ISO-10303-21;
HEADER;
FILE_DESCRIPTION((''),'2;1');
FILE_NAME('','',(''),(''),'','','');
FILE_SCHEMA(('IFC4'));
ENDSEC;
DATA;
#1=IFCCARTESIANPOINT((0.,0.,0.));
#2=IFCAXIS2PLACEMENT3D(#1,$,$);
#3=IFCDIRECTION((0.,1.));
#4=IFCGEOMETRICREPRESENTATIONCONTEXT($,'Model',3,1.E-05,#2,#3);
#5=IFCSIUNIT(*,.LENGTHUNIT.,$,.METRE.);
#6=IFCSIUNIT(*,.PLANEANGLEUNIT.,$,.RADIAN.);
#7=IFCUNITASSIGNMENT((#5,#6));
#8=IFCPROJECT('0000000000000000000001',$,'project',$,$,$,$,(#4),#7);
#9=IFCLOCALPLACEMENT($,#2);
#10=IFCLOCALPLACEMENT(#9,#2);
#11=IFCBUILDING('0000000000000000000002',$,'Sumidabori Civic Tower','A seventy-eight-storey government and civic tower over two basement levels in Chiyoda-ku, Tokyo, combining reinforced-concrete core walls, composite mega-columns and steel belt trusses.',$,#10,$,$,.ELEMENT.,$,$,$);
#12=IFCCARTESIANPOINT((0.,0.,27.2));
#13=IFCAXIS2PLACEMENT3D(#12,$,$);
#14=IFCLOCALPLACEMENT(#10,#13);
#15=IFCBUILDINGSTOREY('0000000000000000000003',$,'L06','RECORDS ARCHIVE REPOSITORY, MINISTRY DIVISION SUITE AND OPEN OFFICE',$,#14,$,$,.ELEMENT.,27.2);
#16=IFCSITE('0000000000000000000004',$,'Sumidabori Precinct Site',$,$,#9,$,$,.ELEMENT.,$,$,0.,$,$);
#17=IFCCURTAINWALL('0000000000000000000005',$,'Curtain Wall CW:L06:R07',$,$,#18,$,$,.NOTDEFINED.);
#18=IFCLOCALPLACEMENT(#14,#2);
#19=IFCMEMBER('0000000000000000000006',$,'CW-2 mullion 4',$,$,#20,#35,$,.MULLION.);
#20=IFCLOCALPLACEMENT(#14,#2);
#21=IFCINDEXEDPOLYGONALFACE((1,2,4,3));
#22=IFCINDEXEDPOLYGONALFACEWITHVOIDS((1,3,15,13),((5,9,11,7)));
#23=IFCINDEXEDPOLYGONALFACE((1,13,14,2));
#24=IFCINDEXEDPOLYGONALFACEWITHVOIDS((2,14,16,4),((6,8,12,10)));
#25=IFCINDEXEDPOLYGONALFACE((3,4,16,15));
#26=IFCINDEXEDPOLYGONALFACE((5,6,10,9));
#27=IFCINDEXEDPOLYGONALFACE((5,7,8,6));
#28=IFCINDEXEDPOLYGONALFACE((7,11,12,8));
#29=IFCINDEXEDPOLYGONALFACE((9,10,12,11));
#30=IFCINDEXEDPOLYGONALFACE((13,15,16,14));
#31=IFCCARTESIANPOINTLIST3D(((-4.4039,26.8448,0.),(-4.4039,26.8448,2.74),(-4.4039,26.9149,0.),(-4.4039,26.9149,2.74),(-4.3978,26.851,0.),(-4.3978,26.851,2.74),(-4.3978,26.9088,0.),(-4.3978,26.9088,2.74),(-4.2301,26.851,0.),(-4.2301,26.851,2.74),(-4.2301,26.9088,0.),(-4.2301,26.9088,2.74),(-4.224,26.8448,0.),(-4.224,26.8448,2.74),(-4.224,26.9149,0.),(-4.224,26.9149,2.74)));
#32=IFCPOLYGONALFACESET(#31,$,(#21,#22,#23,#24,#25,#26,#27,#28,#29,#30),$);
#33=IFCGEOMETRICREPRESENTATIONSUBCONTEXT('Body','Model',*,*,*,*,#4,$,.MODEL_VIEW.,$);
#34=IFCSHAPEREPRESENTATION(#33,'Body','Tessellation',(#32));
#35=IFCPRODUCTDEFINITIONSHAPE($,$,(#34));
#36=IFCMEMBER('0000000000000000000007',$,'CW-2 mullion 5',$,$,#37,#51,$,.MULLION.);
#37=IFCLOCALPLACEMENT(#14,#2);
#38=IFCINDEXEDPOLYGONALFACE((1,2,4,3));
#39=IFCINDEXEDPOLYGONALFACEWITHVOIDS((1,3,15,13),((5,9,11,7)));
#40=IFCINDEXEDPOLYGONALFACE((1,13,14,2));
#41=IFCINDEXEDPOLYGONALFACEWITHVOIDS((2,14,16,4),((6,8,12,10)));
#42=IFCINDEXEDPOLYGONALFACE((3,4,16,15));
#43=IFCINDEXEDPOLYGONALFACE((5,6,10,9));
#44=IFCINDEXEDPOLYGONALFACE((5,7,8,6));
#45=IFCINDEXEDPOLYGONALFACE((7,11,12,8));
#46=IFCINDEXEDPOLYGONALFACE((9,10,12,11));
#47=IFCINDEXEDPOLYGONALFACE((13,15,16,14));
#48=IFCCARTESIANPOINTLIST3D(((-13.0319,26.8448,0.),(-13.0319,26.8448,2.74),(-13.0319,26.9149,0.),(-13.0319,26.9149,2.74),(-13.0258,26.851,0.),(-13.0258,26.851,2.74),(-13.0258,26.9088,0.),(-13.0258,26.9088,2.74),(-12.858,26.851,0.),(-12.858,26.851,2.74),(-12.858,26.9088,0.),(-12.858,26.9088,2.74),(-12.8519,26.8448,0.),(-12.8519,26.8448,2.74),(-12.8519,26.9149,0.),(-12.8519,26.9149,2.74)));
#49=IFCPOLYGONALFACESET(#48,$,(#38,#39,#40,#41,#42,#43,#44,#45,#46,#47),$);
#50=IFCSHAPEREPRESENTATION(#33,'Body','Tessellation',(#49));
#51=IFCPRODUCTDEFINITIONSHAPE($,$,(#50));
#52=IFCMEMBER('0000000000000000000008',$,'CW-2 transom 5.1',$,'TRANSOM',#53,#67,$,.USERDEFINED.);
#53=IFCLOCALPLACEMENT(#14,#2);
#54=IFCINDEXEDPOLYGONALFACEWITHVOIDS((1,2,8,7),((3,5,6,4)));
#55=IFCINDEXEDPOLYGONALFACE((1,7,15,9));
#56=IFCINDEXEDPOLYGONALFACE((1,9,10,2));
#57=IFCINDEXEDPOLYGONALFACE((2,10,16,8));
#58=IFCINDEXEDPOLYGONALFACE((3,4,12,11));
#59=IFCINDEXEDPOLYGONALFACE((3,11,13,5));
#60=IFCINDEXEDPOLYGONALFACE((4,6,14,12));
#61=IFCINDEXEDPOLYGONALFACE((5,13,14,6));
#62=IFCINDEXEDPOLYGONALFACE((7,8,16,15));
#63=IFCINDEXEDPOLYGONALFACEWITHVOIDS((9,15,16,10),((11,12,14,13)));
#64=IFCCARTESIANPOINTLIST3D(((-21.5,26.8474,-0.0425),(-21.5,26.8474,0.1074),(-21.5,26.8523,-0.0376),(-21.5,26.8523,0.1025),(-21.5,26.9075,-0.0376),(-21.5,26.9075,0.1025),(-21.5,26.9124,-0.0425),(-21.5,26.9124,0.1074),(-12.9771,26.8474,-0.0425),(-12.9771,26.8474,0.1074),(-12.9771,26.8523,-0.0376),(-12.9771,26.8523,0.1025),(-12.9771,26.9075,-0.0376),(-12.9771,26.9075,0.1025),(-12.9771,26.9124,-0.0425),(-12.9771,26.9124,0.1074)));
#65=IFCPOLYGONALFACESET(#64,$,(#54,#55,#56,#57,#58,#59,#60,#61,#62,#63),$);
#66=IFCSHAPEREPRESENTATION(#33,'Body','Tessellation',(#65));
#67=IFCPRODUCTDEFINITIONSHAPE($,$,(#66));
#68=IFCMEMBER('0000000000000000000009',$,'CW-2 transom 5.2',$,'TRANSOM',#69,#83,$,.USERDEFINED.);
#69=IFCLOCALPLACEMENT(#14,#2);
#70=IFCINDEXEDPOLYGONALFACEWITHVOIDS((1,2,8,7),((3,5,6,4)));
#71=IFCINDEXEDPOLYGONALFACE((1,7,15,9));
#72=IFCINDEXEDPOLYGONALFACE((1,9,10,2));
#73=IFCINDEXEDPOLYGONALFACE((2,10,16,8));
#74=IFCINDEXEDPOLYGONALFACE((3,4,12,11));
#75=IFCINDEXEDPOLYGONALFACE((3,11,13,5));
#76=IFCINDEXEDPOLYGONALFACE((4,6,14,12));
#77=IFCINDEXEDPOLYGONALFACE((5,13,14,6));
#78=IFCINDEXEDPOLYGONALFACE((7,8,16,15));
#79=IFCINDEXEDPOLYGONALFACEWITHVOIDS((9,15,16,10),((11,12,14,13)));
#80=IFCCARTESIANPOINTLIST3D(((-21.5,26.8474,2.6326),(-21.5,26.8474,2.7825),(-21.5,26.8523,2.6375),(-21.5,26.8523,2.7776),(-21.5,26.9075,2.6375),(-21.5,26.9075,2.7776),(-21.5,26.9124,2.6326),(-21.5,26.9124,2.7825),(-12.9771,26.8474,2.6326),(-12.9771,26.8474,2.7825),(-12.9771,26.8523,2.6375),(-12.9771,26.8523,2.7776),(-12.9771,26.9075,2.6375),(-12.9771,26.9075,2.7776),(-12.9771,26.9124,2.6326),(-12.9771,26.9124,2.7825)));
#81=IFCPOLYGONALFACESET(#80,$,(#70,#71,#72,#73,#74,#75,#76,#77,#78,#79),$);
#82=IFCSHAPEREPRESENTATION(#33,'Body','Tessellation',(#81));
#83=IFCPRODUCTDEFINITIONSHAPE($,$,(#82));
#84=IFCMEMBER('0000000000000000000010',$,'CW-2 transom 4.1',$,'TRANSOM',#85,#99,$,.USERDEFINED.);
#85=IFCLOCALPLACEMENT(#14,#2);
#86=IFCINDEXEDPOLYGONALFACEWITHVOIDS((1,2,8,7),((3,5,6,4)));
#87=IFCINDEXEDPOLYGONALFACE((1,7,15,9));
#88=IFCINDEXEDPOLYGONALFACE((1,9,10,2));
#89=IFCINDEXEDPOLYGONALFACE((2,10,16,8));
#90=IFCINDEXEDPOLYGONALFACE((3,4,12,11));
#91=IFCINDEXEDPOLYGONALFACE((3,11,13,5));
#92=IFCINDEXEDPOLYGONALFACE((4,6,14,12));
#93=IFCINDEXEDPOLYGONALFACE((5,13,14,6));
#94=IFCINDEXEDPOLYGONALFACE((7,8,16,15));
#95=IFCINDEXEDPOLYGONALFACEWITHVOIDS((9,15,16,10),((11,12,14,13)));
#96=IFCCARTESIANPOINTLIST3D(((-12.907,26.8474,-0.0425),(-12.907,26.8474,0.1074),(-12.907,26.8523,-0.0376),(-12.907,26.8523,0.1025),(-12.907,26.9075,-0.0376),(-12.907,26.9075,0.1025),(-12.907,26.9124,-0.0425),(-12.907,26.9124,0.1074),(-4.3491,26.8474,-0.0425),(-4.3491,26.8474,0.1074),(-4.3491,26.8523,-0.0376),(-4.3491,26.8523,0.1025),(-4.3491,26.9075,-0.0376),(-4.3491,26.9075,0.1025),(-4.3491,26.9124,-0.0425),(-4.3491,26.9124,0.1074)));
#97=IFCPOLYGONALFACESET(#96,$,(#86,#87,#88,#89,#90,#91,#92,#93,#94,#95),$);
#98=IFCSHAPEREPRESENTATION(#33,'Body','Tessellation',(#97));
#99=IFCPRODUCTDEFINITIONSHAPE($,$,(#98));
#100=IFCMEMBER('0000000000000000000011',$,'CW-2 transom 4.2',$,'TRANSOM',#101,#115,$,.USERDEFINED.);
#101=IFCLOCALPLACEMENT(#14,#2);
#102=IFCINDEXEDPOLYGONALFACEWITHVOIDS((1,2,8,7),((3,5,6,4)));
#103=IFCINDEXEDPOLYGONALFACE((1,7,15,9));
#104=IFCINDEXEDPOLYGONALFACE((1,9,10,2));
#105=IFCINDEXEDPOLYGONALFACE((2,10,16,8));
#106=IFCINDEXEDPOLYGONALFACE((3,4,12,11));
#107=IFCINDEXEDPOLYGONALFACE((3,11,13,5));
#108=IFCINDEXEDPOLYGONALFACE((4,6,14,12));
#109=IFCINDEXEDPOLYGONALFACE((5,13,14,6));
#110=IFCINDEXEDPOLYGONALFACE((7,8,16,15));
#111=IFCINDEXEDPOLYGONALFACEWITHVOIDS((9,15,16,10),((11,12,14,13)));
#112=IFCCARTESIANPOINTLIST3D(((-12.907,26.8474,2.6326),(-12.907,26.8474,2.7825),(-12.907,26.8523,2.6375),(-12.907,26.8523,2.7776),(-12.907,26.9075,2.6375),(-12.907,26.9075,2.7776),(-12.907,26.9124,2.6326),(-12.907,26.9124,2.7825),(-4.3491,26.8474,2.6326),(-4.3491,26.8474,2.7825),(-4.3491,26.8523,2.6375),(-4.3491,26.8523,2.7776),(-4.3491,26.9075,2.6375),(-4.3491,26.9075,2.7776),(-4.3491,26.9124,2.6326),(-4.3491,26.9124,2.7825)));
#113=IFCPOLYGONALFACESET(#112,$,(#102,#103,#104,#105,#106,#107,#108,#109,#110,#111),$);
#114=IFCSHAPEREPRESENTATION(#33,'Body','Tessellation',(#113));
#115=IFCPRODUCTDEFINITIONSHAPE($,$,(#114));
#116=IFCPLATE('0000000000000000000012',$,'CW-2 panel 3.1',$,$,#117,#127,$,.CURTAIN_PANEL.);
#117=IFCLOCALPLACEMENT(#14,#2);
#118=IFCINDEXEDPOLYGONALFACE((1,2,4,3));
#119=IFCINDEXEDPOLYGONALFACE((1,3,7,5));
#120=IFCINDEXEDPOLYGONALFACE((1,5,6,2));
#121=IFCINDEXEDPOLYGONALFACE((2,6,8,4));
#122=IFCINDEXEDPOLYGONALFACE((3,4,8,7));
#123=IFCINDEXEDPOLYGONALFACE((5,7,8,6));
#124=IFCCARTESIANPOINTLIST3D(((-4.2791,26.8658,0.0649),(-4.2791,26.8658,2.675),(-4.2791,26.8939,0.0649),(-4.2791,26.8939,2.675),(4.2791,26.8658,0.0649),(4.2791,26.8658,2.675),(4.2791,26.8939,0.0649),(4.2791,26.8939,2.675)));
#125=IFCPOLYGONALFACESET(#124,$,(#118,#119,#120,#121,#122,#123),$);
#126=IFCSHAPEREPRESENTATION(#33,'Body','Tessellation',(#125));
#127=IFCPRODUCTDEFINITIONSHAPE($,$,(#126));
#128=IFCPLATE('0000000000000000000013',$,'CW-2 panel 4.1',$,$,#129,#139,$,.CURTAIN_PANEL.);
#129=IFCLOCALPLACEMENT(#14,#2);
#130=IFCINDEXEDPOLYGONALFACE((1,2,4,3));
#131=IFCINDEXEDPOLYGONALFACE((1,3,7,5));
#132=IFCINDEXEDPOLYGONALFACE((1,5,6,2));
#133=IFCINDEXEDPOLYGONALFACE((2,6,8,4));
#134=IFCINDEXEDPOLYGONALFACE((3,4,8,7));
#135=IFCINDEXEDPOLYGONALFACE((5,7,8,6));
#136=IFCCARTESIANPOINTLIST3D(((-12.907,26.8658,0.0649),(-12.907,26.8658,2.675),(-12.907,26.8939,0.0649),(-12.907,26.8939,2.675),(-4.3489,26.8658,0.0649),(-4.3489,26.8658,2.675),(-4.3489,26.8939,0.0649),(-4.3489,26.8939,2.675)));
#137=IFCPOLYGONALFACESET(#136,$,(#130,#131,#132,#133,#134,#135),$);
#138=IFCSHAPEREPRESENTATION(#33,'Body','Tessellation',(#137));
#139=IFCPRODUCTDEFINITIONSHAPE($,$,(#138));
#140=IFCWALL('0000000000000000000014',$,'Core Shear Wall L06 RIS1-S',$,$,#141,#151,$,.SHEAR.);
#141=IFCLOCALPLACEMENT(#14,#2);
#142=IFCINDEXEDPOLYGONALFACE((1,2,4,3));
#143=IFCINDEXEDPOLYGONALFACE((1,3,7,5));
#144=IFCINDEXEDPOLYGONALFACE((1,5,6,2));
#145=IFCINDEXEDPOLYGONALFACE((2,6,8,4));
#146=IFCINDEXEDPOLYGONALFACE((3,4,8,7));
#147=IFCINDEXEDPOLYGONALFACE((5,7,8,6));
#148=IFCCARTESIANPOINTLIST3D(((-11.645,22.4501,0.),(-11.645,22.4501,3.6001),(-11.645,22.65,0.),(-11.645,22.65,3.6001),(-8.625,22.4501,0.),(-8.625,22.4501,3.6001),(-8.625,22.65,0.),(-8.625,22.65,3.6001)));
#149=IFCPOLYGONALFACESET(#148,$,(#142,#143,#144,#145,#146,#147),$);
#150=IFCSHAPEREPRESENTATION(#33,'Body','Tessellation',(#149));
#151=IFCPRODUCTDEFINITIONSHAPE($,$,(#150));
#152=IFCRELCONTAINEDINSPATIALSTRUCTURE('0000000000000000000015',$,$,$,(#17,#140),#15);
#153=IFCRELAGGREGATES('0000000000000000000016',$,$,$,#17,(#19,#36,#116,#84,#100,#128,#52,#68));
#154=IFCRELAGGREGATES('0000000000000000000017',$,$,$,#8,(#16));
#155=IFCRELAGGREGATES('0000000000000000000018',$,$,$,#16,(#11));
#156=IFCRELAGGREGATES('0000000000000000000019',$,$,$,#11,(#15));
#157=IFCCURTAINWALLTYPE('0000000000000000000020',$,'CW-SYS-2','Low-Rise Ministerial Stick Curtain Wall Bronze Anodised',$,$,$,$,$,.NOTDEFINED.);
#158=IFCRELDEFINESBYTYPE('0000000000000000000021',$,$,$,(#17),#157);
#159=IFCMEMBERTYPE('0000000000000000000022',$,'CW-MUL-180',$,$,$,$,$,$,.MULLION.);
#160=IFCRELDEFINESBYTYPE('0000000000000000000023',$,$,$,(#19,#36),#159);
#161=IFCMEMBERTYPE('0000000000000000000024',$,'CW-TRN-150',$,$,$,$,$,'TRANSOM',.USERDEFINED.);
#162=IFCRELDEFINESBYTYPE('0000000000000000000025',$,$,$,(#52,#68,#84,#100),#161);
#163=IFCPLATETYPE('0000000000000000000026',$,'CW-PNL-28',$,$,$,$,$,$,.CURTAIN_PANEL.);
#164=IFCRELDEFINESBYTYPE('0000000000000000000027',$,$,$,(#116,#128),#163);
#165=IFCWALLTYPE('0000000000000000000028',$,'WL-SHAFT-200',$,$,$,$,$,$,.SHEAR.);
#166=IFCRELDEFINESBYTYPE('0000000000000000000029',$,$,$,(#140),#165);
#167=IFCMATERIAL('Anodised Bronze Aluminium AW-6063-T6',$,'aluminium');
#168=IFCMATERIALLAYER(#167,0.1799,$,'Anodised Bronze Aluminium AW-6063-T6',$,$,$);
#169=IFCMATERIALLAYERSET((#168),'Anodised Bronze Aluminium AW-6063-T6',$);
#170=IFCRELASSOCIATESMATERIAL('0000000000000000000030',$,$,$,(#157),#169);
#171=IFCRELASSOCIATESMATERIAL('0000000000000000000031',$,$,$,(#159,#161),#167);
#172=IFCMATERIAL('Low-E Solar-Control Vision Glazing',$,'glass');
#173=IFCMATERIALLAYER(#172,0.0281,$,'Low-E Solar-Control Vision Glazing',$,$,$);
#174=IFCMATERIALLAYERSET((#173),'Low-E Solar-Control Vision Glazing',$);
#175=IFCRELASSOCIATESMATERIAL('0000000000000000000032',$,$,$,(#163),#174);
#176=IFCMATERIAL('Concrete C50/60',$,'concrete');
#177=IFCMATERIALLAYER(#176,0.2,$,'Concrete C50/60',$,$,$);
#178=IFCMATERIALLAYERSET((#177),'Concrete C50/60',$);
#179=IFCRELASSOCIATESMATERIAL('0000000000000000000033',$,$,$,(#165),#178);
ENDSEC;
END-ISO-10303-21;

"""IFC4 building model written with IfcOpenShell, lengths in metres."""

from ifc_helpers import new_model, si_unit, direction, frame, frame_2d, origin, origin_2d, place, context, subcontext, project, spatial, rectangle, hollow_rectangle, extrude, source, transform, mapped, material, layer, layer_set, material_profile, profile_set, type_object, element, aggregate, save


model = new_model("IFC4")

# Units and contexts
model_context = context("Model", 3, precision=1e-05, world=origin(), true_north=direction((0.0, 1.0)))
body_context = subcontext(model_context, "Body", "Model", "MODEL_VIEW")
ifc_project = project(units=[si_unit("LENGTHUNIT", "METRE"), si_unit("PLANEANGLEUNIT", "RADIAN")], contexts=[model_context])

# Site, building, storey
site_placement = place(None, origin())
site = spatial("IfcSite", under=ifc_project, at=site_placement, Name="Sumidabori Precinct Site", CompositionType="ELEMENT", RefElevation=0.0)
building_placement = place(site_placement, origin())
building = spatial("IfcBuilding", under=site, at=building_placement, Name="Sumidabori Civic Tower", Description="A seventy-eight-storey government and civic tower over two basement levels in Chiyoda-ku, Tokyo, combining reinforced-concrete core walls, composite mega-columns and steel belt trusses.", CompositionType="ELEMENT")
storey_placement = place(building_placement, frame((0.0, 0.0, 27.2)))
storey = spatial("IfcBuildingStorey", under=building, at=storey_placement, Name="L06", Description="RECORDS ARCHIVE REPOSITORY, MINISTRY DIVISION SUITE AND OPEN OFFICE", CompositionType="ELEMENT", Elevation=27.2)

# Curtain wall, members, plates
ifc_material_1 = material(Name="Anodised Bronze Aluminium AW-6063-T6", Category="aluminium")
ifc_layer_1 = layer(ifc_material_1, 0.1799, Name="Anodised Bronze Aluminium AW-6063-T6")
ifc_layer_set_1 = layer_set([ifc_layer_1], Name="Anodised Bronze Aluminium AW-6063-T6")
curtain_wall_type = type_object("IfcCurtainWallType", Name="CW-SYS-2", Description="Low-Rise Ministerial Stick Curtain Wall Bronze Anodised", PredefinedType="NOTDEFINED", material=ifc_layer_set_1)
curtain_wall_placement = place(storey_placement, origin())
curtain_wall = element("IfcCurtainWall", 1, at=curtain_wall_placement, inside=storey, type_object=curtain_wall_type, Name="Curtain Wall CW:L06:R07", PredefinedType="NOTDEFINED")
ifc_material_profile_1 = material_profile(ifc_material_1, hollow_rectangle(XDim=0.0701, YDim=0.1799, WallThickness=0.0061, at=origin_2d()), Name="ALU MULLION 180x70")
ifc_profile_set_1 = profile_set([ifc_material_profile_1], Name="Anodised Bronze Aluminium AW-6063-T6")
member_type_1 = type_object("IfcMemberType", Name="CW-MUL-180", PredefinedType="MULLION", material=ifc_profile_set_1)
shared_shape_1 = source(origin(), body_context, "Body", "SweptSolid", [
    extrude(hollow_rectangle(XDim=0.0701, YDim=0.1799, WallThickness=0.0061, at=origin_2d()), origin(), (0.0, 0.0, 1.0), 2.74),
])
member_1_placement = place(storey_placement, frame((-4.314, 26.8799, 0.0), z_axis=(0.0, 0.0, 1.0), x_axis=(0.0, -1.0, 0.0)))
member_1 = element("IfcMember", 2, at=member_1_placement, type_object=member_type_1, Name="CW-2 mullion 4", PredefinedType="MULLION", context=body_context, shape_type="MappedRepresentation", body=[
    mapped(shared_shape_1, transform((0.0, 0.0, 0.0), x_axis=(1.0, 0.0, 0.0), y_axis=(0.0, 1.0, 0.0), z_axis=(0.0, 0.0, 1.0), scale=1.0)),
])
member_2_placement = place(storey_placement, frame((-12.9419, 26.8799, 0.0), z_axis=(0.0, 0.0, 1.0), x_axis=(0.0, -1.0, 0.0)))
member_2 = element("IfcMember", 3, at=member_2_placement, type_object=member_type_1, Name="CW-2 mullion 5", PredefinedType="MULLION", context=body_context, shape_type="MappedRepresentation", body=[
    mapped(shared_shape_1, transform((0.0, 0.0, 0.0), x_axis=(1.0, 0.0, 0.0), y_axis=(0.0, 1.0, 0.0), z_axis=(0.0, 0.0, 1.0), scale=1.0)),
])
ifc_material_profile_2 = material_profile(ifc_material_1, hollow_rectangle(XDim=0.0649, YDim=0.1499, WallThickness=0.0049, at=origin_2d()), Name="ALU TRANSOM 150x65")
ifc_profile_set_2 = profile_set([ifc_material_profile_2], Name="Anodised Bronze Aluminium AW-6063-T6")
member_type_2 = type_object("IfcMemberType", Name="CW-TRN-150", ElementType="TRANSOM", PredefinedType="USERDEFINED", material=ifc_profile_set_2)
shared_shape_2 = source(origin(), body_context, "Body", "SweptSolid", [
    extrude(hollow_rectangle(XDim=0.0649, YDim=0.1499, WallThickness=0.0049, at=origin_2d()), origin(), (0.0, 0.0, 1.0), 8.5229),
])
member_3_placement = place(storey_placement, frame((-12.9771, 26.8799, 0.0325), z_axis=(-1.0, 0.0, 0.0), x_axis=(0.0, -1.0, 0.0)))
member_3 = element("IfcMember", 4, at=member_3_placement, type_object=member_type_2, Name="CW-2 transom 5.1", ObjectType="TRANSOM", PredefinedType="USERDEFINED", context=body_context, shape_type="MappedRepresentation", body=[
    mapped(shared_shape_2, transform((0.0, 0.0, 0.0), x_axis=(1.0, 0.0, 0.0), y_axis=(0.0, 1.0, 0.0), z_axis=(0.0, 0.0, 1.0), scale=1.0)),
])
member_4_placement = place(storey_placement, frame((-12.9771, 26.8799, 2.7075), z_axis=(-1.0, 0.0, 0.0), x_axis=(0.0, -1.0, 0.0)))
member_4 = element("IfcMember", 5, at=member_4_placement, type_object=member_type_2, Name="CW-2 transom 5.2", ObjectType="TRANSOM", PredefinedType="USERDEFINED", context=body_context, shape_type="MappedRepresentation", body=[
    mapped(shared_shape_2, transform((0.0, 0.0, 0.0), x_axis=(1.0, 0.0, 0.0), y_axis=(0.0, 1.0, 0.0), z_axis=(0.0, 0.0, 1.0), scale=1.0)),
])
shared_shape_3 = source(origin(), body_context, "Body", "SweptSolid", [
    extrude(hollow_rectangle(XDim=0.0649, YDim=0.1499, WallThickness=0.0049, at=origin_2d()), origin(), (0.0, 0.0, 1.0), 8.5579),
])
member_5_placement = place(storey_placement, frame((-4.3491, 26.8799, 0.0325), z_axis=(-1.0, 0.0, 0.0), x_axis=(0.0, -1.0, 0.0)))
member_5 = element("IfcMember", 6, at=member_5_placement, type_object=member_type_2, Name="CW-2 transom 4.1", ObjectType="TRANSOM", PredefinedType="USERDEFINED", context=body_context, shape_type="MappedRepresentation", body=[
    mapped(shared_shape_3, transform((0.0, 0.0, 0.0), x_axis=(1.0, 0.0, 0.0), y_axis=(0.0, 1.0, 0.0), z_axis=(0.0, 0.0, 1.0), scale=1.0)),
])
member_6_placement = place(storey_placement, frame((-4.3491, 26.8799, 2.7075), z_axis=(-1.0, 0.0, 0.0), x_axis=(0.0, -1.0, 0.0)))
member_6 = element("IfcMember", 7, at=member_6_placement, type_object=member_type_2, Name="CW-2 transom 4.2", ObjectType="TRANSOM", PredefinedType="USERDEFINED", context=body_context, shape_type="MappedRepresentation", body=[
    mapped(shared_shape_3, transform((0.0, 0.0, 0.0), x_axis=(1.0, 0.0, 0.0), y_axis=(0.0, 1.0, 0.0), z_axis=(0.0, 0.0, 1.0), scale=1.0)),
])
ifc_material_2 = material(Name="Low-E Solar-Control Vision Glazing", Category="glass")
ifc_layer_2 = layer(ifc_material_2, 0.0281, Name="Low-E Solar-Control Vision Glazing")
ifc_layer_set_2 = layer_set([ifc_layer_2], Name="Low-E Solar-Control Vision Glazing")
plate_type = type_object("IfcPlateType", Name="CW-PNL-28", PredefinedType="CURTAIN_PANEL", material=ifc_layer_set_2)
shared_shape_4 = source(origin(), body_context, "Body", "SweptSolid", [
    extrude(rectangle(XDim=8.5581, YDim=0.0281, at=origin_2d()), origin(), (0.0, 0.0, 1.0), 2.6101),
])
plate_1_placement = place(storey_placement, frame((0.0, 26.8799, 0.0649), z_axis=(0.0, 0.0, 1.0), x_axis=(-1.0, 0.0, 0.0)))
plate_1 = element("IfcPlate", 8, at=plate_1_placement, type_object=plate_type, Name="CW-2 panel 3.1", PredefinedType="CURTAIN_PANEL", context=body_context, shape_type="MappedRepresentation", body=[
    mapped(shared_shape_4, transform((0.0, 0.0, 0.0), x_axis=(1.0, 0.0, 0.0), y_axis=(0.0, 1.0, 0.0), z_axis=(0.0, 0.0, 1.0), scale=1.0)),
])
plate_2_placement = place(storey_placement, frame((-8.6279, 26.8799, 0.0649), z_axis=(0.0, 0.0, 1.0), x_axis=(-1.0, 0.0, 0.0)))
plate_2 = element("IfcPlate", 9, at=plate_2_placement, type_object=plate_type, Name="CW-2 panel 4.1", PredefinedType="CURTAIN_PANEL", context=body_context, shape_type="MappedRepresentation", body=[
    mapped(shared_shape_4, transform((0.0, 0.0, 0.0), x_axis=(1.0, 0.0, 0.0), y_axis=(0.0, 1.0, 0.0), z_axis=(0.0, 0.0, 1.0), scale=1.0)),
])
aggregate(curtain_wall, [member_1, member_2, plate_1, member_5, member_6, plate_2, member_3, member_4])

# Wall
ifc_material_3 = material(Name="Concrete C50/60", Category="concrete")
ifc_layer_3 = layer(ifc_material_3, 0.2, Name="Concrete C50/60")
ifc_layer_set_3 = layer_set([ifc_layer_3], Name="Concrete C50/60")
wall_type_1 = type_object("IfcWallType", Name="WL-SHAFT-200", PredefinedType="SHEAR", material=ifc_layer_set_3)
shared_shape_5 = source(origin(), body_context, "Body", "SweptSolid", [
    extrude(rectangle(XDim=3.02, YDim=0.2, at=frame_2d((1.51, 0.0))), origin(), (0.0, 0.0, 1.0), 3.6001),
])
wall_1_placement = place(storey_placement, frame((-11.645, 22.55, 0.0), z_axis=(0.0, 0.0, 1.0), x_axis=(1.0, 0.0, 0.0)))
element("IfcWall", 10, at=wall_1_placement, inside=storey, type_object=wall_type_1, Name="Core Shear Wall L06 RIS1-S", PredefinedType="SHEAR", context=body_context, shape_type="MappedRepresentation", body=[
    mapped(shared_shape_5, transform((0.0, 0.0, 0.0), x_axis=(1.0, 0.0, 0.0), y_axis=(0.0, 1.0, 0.0), z_axis=(0.0, 0.0, 1.0), scale=1.0)),
])

save(model, "model.ifc")
